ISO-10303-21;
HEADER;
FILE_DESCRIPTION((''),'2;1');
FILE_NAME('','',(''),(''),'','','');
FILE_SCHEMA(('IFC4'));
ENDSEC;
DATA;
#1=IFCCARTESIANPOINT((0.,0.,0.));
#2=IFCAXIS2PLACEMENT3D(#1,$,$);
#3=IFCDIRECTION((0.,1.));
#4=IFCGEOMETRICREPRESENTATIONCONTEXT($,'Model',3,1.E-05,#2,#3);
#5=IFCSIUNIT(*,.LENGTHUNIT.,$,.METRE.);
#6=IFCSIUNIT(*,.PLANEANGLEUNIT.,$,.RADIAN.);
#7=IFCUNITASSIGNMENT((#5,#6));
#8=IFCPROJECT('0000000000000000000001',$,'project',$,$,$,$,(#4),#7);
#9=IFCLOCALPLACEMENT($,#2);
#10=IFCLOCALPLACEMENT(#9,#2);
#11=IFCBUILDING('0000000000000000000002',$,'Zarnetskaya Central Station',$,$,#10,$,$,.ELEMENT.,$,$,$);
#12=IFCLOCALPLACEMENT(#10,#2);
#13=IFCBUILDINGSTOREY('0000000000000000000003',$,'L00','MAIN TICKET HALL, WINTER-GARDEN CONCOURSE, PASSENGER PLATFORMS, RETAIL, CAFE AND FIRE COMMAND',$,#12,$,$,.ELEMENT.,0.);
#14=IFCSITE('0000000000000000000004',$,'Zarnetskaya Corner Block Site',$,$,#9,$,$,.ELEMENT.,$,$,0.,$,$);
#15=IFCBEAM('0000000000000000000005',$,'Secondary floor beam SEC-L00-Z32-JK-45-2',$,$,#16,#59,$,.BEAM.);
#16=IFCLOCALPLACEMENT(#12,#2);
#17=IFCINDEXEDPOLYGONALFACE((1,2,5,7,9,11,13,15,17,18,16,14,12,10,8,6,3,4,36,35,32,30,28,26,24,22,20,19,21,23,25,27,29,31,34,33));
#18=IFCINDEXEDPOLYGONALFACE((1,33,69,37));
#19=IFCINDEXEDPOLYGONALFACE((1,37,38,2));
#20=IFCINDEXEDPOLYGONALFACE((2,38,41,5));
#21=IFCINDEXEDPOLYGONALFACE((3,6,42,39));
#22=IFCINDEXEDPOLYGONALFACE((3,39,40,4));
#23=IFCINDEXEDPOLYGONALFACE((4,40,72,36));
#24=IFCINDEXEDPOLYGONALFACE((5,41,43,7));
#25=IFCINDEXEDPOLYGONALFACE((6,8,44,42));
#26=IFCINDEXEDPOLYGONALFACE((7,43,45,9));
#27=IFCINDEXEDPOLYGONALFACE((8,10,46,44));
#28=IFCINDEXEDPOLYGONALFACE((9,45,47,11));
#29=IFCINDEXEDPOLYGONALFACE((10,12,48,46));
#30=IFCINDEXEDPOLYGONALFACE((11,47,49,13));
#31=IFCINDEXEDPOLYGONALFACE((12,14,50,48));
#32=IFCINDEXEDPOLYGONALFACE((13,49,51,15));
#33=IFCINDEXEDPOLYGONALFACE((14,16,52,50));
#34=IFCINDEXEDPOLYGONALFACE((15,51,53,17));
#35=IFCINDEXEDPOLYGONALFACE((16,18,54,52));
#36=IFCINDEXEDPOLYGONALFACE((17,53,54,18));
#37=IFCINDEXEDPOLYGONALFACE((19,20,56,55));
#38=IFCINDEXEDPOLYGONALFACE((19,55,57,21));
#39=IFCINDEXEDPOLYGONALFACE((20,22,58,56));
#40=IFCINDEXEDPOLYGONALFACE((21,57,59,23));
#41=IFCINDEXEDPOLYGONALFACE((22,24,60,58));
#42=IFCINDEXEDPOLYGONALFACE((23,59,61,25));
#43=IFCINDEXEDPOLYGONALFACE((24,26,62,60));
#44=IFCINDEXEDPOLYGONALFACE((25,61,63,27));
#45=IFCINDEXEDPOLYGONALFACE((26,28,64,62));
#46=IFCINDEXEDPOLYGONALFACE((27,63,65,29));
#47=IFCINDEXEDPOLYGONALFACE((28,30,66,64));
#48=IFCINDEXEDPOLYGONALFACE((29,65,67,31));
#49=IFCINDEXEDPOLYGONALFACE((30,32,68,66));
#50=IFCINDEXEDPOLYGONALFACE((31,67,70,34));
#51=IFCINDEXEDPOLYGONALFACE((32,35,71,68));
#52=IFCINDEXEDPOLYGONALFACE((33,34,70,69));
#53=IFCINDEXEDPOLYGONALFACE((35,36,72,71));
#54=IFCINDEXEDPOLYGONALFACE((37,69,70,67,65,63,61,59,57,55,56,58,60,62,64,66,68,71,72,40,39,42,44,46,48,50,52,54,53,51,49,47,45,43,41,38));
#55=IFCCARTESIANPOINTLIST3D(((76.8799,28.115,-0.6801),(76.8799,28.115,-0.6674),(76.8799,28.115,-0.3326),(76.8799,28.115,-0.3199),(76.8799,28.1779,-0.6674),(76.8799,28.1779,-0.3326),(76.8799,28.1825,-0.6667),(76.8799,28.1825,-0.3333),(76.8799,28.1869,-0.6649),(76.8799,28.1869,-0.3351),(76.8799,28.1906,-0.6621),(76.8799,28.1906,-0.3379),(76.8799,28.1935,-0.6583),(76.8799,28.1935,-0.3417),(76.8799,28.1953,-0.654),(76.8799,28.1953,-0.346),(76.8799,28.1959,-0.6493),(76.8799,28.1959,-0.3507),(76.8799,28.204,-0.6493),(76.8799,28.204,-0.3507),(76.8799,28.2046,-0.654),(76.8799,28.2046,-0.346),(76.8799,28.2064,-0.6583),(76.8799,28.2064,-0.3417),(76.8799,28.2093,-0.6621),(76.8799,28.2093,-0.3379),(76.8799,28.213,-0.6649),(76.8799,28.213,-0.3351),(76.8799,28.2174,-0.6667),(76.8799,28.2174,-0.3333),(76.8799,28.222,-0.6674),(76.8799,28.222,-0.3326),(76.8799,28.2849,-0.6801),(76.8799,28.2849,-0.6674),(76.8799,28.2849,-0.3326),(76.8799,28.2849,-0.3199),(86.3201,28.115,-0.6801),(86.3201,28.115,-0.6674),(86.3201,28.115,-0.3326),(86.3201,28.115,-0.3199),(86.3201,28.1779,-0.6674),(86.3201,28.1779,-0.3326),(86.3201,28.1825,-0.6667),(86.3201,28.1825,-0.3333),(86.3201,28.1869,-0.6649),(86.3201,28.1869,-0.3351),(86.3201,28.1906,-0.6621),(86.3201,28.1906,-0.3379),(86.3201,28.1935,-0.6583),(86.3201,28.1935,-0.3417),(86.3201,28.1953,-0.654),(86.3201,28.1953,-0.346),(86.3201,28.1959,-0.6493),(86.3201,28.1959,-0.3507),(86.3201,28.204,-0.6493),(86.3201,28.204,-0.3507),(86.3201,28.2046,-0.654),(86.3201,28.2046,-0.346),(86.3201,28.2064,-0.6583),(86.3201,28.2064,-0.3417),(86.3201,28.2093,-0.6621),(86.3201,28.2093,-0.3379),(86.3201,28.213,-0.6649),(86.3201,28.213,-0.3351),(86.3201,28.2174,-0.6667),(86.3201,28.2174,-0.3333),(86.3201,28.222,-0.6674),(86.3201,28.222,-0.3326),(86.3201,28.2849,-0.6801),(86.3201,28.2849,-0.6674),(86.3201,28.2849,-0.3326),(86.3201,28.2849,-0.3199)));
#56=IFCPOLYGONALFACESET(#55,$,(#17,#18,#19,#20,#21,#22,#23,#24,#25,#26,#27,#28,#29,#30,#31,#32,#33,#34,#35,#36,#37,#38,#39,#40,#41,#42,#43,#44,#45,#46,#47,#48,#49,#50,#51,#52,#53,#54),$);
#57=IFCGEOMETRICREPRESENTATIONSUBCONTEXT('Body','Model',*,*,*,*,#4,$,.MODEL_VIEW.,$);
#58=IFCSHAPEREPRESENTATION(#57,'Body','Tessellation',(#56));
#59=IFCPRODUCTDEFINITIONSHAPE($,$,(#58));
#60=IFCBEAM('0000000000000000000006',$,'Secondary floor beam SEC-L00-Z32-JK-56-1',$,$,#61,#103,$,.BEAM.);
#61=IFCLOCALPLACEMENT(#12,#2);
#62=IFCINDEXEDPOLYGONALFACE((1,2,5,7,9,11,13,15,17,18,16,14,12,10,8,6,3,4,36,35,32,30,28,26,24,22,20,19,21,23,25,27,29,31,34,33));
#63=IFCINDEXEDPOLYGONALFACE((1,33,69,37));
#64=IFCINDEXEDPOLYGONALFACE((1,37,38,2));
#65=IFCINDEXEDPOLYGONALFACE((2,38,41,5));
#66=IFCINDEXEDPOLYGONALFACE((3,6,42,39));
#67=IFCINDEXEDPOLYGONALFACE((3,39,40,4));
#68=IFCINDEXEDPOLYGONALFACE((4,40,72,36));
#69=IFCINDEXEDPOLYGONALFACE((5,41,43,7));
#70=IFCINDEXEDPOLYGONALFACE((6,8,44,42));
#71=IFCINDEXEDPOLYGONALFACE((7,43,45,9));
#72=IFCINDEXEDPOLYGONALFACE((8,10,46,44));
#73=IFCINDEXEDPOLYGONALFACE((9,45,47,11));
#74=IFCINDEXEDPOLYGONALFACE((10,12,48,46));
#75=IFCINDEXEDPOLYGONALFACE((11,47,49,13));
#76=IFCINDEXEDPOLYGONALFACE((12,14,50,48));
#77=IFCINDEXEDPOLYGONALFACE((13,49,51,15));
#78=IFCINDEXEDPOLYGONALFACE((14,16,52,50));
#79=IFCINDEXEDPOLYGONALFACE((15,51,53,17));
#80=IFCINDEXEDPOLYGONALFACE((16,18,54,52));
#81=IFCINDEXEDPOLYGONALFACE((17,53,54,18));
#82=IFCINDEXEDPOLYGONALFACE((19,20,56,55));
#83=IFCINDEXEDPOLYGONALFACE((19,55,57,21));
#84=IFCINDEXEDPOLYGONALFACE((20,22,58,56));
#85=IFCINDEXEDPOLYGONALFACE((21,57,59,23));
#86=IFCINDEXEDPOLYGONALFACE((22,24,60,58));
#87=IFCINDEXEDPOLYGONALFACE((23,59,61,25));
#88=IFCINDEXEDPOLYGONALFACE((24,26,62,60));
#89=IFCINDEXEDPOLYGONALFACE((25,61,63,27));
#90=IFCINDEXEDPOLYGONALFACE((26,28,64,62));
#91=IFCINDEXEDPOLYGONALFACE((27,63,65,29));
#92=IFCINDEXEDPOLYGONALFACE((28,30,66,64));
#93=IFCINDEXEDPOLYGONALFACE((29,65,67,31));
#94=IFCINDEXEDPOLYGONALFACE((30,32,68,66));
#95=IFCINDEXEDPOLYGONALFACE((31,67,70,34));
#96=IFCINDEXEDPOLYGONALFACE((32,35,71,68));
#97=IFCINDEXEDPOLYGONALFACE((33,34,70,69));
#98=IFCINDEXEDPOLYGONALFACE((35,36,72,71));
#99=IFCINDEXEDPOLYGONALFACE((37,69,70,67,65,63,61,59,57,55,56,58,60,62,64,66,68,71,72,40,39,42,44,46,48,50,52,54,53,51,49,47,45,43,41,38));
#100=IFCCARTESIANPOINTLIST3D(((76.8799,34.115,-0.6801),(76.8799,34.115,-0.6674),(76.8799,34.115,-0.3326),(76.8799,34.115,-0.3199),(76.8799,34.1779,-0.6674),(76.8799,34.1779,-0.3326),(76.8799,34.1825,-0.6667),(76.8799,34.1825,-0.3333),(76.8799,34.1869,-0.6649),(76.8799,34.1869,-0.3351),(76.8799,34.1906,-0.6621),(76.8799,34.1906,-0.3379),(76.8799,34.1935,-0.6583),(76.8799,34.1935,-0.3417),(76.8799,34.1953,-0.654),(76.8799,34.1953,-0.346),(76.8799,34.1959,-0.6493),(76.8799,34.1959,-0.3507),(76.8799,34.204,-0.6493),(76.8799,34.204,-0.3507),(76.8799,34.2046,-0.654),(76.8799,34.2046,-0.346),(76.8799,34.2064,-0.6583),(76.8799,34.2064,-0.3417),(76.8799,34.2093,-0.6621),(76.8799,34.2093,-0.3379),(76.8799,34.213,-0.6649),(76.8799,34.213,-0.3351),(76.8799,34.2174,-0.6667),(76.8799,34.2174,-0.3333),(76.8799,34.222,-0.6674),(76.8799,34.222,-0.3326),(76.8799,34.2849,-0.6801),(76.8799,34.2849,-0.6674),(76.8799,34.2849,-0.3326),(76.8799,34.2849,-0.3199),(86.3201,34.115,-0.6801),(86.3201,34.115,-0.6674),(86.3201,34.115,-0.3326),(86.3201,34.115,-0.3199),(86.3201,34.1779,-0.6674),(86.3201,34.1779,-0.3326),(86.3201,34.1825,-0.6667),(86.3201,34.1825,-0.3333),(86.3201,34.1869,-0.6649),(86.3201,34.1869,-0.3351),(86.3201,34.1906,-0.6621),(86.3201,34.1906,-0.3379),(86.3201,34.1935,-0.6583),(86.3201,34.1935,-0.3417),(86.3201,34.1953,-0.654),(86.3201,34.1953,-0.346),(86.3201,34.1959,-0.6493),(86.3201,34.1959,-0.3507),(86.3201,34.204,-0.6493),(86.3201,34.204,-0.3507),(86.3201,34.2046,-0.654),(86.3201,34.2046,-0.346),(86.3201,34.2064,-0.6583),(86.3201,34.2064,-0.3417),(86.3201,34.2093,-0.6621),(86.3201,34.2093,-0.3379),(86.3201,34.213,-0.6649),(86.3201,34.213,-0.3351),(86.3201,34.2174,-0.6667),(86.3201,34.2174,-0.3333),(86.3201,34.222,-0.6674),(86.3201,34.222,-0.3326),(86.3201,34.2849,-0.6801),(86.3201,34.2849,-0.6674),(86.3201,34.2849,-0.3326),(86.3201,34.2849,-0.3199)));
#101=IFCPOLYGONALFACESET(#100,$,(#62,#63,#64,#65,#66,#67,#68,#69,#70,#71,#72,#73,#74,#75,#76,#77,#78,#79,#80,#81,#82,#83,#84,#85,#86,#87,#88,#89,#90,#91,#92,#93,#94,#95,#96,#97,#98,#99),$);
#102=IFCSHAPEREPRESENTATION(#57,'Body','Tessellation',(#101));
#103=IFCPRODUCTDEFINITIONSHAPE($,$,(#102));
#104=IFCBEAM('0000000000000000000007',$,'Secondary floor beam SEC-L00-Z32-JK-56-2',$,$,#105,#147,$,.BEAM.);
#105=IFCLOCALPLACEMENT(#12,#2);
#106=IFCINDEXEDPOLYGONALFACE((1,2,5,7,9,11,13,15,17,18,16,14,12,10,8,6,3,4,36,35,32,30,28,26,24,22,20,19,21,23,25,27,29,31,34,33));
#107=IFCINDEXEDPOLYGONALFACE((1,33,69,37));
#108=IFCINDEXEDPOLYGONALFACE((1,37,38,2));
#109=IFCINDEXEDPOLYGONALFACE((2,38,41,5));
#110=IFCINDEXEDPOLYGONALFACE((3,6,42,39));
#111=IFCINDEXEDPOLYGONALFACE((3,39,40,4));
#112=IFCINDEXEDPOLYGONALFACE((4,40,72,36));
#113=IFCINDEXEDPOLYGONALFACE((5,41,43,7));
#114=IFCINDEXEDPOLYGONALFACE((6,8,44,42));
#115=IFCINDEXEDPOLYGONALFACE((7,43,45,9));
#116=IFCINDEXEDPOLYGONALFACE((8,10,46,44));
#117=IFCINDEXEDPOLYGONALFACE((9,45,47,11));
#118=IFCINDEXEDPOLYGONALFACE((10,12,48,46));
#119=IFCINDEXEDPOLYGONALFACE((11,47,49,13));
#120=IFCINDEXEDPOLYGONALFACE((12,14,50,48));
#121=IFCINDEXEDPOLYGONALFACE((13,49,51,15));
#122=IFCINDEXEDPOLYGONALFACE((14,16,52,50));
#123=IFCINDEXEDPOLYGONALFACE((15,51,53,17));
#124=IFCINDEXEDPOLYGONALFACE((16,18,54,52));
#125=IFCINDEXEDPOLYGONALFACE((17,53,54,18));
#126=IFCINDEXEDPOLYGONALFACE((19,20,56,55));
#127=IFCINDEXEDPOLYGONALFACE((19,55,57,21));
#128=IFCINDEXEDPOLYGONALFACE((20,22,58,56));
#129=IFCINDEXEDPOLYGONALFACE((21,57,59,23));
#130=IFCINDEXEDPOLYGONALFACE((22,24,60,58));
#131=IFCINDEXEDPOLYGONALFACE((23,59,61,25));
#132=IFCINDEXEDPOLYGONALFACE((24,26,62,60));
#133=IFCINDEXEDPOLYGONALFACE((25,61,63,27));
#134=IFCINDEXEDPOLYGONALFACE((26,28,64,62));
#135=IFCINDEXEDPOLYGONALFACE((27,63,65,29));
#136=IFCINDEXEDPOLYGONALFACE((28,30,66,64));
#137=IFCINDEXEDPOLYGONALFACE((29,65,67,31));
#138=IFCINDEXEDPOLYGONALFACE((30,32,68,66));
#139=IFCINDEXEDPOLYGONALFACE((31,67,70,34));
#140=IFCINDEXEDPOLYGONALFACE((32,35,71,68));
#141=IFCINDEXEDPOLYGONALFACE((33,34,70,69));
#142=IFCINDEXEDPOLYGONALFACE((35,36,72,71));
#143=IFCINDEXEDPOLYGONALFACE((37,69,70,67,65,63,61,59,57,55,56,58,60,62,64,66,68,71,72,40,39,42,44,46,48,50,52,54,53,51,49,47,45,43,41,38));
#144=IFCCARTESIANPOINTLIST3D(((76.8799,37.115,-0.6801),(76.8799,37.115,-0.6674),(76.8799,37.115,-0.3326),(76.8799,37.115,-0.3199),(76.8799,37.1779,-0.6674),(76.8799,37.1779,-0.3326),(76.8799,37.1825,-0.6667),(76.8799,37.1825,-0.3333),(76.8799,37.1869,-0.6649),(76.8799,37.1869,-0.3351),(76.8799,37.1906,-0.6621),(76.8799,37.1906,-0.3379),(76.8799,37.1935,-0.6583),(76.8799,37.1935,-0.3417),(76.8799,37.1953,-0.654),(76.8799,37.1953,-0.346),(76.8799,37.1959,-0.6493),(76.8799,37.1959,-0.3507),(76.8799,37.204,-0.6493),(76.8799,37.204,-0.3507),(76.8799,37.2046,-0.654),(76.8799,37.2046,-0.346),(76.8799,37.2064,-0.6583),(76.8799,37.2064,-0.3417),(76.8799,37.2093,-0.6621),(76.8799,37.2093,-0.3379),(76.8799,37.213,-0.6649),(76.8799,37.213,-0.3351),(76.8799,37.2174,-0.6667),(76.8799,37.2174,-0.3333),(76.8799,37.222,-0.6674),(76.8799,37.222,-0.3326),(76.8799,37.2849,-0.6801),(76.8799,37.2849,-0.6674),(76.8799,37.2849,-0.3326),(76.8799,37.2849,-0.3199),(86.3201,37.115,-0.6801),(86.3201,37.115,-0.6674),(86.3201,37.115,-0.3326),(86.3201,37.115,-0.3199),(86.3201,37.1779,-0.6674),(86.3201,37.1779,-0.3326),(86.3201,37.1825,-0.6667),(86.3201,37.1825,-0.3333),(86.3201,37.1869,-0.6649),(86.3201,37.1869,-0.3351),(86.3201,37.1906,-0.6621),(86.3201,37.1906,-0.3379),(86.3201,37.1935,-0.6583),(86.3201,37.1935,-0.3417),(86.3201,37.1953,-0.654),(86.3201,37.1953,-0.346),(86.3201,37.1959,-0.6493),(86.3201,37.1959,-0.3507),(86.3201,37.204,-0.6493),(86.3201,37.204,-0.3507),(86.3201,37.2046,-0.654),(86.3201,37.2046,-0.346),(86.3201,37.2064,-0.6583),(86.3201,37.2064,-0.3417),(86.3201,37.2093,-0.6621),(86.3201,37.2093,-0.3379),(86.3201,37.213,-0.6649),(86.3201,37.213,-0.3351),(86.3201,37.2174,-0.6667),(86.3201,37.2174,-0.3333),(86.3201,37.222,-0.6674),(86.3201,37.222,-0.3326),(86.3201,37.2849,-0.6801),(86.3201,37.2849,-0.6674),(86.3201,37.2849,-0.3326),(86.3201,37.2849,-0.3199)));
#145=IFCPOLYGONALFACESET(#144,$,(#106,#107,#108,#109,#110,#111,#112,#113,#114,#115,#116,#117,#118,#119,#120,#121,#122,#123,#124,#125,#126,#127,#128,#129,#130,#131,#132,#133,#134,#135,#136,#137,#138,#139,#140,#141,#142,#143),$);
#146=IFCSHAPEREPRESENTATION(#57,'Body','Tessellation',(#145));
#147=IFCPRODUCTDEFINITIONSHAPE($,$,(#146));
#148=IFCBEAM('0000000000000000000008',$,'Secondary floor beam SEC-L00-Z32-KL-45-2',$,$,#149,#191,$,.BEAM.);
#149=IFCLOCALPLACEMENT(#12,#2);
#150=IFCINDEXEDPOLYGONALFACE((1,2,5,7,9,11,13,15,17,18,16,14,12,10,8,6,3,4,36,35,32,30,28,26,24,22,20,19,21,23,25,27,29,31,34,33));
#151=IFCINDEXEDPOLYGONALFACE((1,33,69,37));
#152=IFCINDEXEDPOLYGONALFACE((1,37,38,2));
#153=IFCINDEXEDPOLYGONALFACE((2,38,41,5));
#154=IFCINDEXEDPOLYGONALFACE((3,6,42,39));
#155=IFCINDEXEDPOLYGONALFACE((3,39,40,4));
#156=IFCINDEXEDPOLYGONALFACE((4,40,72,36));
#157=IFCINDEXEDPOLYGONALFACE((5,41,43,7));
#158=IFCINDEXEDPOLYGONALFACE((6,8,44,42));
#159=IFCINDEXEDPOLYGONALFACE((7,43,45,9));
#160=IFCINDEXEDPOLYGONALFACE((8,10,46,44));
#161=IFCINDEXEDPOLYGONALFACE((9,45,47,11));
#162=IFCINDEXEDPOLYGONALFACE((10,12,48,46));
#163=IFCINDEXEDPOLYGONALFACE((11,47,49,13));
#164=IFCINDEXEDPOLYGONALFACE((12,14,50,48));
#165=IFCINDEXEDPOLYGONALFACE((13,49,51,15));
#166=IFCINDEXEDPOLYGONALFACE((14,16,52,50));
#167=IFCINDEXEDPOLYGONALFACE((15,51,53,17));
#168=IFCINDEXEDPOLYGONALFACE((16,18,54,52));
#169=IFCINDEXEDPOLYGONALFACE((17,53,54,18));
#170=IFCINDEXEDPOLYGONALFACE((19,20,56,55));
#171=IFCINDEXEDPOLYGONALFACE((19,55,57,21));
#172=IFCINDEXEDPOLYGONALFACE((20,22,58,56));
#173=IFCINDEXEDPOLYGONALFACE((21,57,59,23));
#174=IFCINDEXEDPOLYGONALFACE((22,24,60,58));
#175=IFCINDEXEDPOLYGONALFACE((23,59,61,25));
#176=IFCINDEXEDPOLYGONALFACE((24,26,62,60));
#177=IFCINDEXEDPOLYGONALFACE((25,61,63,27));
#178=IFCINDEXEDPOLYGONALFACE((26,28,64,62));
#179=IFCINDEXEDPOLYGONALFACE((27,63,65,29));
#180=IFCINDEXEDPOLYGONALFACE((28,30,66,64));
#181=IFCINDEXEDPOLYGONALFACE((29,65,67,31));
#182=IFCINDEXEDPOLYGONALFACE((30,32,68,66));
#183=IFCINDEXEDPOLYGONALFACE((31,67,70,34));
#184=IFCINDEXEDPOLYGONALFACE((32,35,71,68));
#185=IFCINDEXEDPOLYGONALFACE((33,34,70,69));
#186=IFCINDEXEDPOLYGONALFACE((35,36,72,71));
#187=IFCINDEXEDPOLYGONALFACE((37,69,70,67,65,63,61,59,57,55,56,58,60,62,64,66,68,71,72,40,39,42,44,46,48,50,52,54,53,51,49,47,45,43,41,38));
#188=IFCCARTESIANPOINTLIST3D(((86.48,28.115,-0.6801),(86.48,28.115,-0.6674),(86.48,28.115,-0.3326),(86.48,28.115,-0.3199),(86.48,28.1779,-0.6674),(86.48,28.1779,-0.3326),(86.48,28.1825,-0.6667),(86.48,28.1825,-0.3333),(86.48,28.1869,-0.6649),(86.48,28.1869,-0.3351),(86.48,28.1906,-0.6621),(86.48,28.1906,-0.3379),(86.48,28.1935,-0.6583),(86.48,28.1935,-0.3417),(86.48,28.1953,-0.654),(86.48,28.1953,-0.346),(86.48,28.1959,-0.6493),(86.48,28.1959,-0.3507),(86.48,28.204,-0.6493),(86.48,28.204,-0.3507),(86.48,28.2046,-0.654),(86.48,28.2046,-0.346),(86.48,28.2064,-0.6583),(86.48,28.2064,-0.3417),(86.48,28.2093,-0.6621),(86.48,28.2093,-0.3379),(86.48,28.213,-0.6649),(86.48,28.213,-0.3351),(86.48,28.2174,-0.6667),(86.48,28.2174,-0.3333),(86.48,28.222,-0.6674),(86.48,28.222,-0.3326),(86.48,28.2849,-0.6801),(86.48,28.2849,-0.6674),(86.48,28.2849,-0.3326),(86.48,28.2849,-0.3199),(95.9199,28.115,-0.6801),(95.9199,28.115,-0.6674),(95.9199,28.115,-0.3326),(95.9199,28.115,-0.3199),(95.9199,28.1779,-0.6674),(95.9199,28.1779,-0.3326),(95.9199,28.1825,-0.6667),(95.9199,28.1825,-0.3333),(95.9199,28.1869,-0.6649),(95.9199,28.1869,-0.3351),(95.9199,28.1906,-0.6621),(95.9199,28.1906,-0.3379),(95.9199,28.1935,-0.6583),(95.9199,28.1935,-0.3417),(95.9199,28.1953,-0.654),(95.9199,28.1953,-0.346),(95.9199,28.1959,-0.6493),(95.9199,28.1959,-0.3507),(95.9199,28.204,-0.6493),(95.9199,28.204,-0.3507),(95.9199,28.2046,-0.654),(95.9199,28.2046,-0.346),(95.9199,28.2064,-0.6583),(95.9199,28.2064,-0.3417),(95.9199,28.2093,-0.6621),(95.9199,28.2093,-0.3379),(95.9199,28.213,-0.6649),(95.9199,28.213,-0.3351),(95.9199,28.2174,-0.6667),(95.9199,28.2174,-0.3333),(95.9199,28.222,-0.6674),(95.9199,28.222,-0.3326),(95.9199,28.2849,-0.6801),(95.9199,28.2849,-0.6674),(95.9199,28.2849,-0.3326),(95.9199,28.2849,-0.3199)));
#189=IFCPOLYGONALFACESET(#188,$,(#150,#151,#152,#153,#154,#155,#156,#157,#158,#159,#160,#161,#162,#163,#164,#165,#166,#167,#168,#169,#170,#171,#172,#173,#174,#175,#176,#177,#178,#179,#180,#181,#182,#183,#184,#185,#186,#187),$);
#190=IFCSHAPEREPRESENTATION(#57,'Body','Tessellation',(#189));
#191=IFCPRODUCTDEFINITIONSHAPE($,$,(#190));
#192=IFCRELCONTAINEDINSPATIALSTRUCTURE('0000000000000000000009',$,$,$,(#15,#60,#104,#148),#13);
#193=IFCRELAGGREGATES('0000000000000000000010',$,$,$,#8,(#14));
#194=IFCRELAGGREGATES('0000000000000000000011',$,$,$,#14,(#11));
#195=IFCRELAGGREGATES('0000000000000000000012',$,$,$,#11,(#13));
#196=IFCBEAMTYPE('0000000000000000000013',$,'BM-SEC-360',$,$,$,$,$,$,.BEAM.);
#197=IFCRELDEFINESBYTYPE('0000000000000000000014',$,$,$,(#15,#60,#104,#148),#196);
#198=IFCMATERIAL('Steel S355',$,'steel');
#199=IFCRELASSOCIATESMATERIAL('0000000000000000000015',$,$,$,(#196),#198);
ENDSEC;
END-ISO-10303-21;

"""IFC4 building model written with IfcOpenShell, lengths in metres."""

from ifc_helpers import new_model, si_unit, direction, frame, origin, origin_2d, place, context, subcontext, project, spatial, i_section, extrude, material, material_profile, profile_set, type_object, element, save


model = new_model("IFC4")

# Units and contexts
model_context = context("Model", 3, precision=1e-05, world=origin(), true_north=direction((0.0, 1.0)))
body_context = subcontext(model_context, "Body", "Model", "MODEL_VIEW")
ifc_project = project(units=[si_unit("LENGTHUNIT", "METRE"), si_unit("PLANEANGLEUNIT", "RADIAN")], contexts=[model_context])

# Site, building, storey
site_placement = place(None, origin())
site = spatial("IfcSite", under=ifc_project, at=site_placement, Name="Zarnetskaya Corner Block Site", CompositionType="ELEMENT", RefElevation=0.0)
building_placement = place(site_placement, origin())
building = spatial("IfcBuilding", under=site, at=building_placement, Name="Zarnetskaya Central Station", CompositionType="ELEMENT")
storey_placement = place(building_placement, origin())
storey = spatial("IfcBuildingStorey", under=building, at=storey_placement, Name="L00", Description="MAIN TICKET HALL, WINTER-GARDEN CONCOURSE, PASSENGER PLATFORMS, RETAIL, CAFE AND FIRE COMMAND", CompositionType="ELEMENT", Elevation=0.0)

# Beams
ifc_material = material(Name="Steel S355", Category="steel")
ifc_material_profile_1 = material_profile(ifc_material, i_section(OverallWidth=0.1699, OverallDepth=0.3601, WebThickness=0.0081, FlangeThickness=0.0127, FilletRadius=0.0181, at=origin_2d()), Name="IPE 360")
ifc_profile_set_1 = profile_set([ifc_material_profile_1], Name="Steel S355")
beam_type_1 = type_object("IfcBeamType", Name="BM-SEC-360", PredefinedType="BEAM", material=ifc_profile_set_1)
for number, where, z_axis, x_axis, name in (
    (1, (76.8799, 28.2, -0.5), (1.0, 0.0, 0.0), (0.0, 1.0, 0.0), "Secondary floor beam SEC-L00-Z32-JK-45-2"),
    (2, (76.8799, 34.2, -0.5), (1.0, 0.0, 0.0), (0.0, 1.0, 0.0), "Secondary floor beam SEC-L00-Z32-JK-56-1"),
    (3, (76.8799, 37.2, -0.5), (1.0, 0.0, 0.0), (0.0, 1.0, 0.0), "Secondary floor beam SEC-L00-Z32-JK-56-2"),
):
    element("IfcBeam", number, at=place(storey_placement, frame(where, z_axis=z_axis, x_axis=x_axis)), inside=storey, type_object=beam_type_1, Name=name, PredefinedType="BEAM", context=body_context, shape_type="SweptSolid", body=[
        extrude(i_section(OverallWidth=0.1699, OverallDepth=0.3601, WebThickness=0.0081, FlangeThickness=0.0127, FilletRadius=0.0181, at=origin_2d()), origin(), (0.0, 0.0, 1.0), 9.4402),
    ])
for number, where, z_axis, x_axis, name in (
    (4, (86.48, 28.2, -0.5), (1.0, 0.0, 0.0), (0.0, 1.0, 0.0), "Secondary floor beam SEC-L00-Z32-KL-45-2"),
):
    element("IfcBeam", number, at=place(storey_placement, frame(where, z_axis=z_axis, x_axis=x_axis)), inside=storey, type_object=beam_type_1, Name=name, PredefinedType="BEAM", context=body_context, shape_type="SweptSolid", body=[
        extrude(i_section(OverallWidth=0.1699, OverallDepth=0.3601, WebThickness=0.0081, FlangeThickness=0.0127, FilletRadius=0.0181, at=origin_2d()), origin(), (0.0, 0.0, 1.0), 9.4399),
    ])

save(model, "model.ifc")
